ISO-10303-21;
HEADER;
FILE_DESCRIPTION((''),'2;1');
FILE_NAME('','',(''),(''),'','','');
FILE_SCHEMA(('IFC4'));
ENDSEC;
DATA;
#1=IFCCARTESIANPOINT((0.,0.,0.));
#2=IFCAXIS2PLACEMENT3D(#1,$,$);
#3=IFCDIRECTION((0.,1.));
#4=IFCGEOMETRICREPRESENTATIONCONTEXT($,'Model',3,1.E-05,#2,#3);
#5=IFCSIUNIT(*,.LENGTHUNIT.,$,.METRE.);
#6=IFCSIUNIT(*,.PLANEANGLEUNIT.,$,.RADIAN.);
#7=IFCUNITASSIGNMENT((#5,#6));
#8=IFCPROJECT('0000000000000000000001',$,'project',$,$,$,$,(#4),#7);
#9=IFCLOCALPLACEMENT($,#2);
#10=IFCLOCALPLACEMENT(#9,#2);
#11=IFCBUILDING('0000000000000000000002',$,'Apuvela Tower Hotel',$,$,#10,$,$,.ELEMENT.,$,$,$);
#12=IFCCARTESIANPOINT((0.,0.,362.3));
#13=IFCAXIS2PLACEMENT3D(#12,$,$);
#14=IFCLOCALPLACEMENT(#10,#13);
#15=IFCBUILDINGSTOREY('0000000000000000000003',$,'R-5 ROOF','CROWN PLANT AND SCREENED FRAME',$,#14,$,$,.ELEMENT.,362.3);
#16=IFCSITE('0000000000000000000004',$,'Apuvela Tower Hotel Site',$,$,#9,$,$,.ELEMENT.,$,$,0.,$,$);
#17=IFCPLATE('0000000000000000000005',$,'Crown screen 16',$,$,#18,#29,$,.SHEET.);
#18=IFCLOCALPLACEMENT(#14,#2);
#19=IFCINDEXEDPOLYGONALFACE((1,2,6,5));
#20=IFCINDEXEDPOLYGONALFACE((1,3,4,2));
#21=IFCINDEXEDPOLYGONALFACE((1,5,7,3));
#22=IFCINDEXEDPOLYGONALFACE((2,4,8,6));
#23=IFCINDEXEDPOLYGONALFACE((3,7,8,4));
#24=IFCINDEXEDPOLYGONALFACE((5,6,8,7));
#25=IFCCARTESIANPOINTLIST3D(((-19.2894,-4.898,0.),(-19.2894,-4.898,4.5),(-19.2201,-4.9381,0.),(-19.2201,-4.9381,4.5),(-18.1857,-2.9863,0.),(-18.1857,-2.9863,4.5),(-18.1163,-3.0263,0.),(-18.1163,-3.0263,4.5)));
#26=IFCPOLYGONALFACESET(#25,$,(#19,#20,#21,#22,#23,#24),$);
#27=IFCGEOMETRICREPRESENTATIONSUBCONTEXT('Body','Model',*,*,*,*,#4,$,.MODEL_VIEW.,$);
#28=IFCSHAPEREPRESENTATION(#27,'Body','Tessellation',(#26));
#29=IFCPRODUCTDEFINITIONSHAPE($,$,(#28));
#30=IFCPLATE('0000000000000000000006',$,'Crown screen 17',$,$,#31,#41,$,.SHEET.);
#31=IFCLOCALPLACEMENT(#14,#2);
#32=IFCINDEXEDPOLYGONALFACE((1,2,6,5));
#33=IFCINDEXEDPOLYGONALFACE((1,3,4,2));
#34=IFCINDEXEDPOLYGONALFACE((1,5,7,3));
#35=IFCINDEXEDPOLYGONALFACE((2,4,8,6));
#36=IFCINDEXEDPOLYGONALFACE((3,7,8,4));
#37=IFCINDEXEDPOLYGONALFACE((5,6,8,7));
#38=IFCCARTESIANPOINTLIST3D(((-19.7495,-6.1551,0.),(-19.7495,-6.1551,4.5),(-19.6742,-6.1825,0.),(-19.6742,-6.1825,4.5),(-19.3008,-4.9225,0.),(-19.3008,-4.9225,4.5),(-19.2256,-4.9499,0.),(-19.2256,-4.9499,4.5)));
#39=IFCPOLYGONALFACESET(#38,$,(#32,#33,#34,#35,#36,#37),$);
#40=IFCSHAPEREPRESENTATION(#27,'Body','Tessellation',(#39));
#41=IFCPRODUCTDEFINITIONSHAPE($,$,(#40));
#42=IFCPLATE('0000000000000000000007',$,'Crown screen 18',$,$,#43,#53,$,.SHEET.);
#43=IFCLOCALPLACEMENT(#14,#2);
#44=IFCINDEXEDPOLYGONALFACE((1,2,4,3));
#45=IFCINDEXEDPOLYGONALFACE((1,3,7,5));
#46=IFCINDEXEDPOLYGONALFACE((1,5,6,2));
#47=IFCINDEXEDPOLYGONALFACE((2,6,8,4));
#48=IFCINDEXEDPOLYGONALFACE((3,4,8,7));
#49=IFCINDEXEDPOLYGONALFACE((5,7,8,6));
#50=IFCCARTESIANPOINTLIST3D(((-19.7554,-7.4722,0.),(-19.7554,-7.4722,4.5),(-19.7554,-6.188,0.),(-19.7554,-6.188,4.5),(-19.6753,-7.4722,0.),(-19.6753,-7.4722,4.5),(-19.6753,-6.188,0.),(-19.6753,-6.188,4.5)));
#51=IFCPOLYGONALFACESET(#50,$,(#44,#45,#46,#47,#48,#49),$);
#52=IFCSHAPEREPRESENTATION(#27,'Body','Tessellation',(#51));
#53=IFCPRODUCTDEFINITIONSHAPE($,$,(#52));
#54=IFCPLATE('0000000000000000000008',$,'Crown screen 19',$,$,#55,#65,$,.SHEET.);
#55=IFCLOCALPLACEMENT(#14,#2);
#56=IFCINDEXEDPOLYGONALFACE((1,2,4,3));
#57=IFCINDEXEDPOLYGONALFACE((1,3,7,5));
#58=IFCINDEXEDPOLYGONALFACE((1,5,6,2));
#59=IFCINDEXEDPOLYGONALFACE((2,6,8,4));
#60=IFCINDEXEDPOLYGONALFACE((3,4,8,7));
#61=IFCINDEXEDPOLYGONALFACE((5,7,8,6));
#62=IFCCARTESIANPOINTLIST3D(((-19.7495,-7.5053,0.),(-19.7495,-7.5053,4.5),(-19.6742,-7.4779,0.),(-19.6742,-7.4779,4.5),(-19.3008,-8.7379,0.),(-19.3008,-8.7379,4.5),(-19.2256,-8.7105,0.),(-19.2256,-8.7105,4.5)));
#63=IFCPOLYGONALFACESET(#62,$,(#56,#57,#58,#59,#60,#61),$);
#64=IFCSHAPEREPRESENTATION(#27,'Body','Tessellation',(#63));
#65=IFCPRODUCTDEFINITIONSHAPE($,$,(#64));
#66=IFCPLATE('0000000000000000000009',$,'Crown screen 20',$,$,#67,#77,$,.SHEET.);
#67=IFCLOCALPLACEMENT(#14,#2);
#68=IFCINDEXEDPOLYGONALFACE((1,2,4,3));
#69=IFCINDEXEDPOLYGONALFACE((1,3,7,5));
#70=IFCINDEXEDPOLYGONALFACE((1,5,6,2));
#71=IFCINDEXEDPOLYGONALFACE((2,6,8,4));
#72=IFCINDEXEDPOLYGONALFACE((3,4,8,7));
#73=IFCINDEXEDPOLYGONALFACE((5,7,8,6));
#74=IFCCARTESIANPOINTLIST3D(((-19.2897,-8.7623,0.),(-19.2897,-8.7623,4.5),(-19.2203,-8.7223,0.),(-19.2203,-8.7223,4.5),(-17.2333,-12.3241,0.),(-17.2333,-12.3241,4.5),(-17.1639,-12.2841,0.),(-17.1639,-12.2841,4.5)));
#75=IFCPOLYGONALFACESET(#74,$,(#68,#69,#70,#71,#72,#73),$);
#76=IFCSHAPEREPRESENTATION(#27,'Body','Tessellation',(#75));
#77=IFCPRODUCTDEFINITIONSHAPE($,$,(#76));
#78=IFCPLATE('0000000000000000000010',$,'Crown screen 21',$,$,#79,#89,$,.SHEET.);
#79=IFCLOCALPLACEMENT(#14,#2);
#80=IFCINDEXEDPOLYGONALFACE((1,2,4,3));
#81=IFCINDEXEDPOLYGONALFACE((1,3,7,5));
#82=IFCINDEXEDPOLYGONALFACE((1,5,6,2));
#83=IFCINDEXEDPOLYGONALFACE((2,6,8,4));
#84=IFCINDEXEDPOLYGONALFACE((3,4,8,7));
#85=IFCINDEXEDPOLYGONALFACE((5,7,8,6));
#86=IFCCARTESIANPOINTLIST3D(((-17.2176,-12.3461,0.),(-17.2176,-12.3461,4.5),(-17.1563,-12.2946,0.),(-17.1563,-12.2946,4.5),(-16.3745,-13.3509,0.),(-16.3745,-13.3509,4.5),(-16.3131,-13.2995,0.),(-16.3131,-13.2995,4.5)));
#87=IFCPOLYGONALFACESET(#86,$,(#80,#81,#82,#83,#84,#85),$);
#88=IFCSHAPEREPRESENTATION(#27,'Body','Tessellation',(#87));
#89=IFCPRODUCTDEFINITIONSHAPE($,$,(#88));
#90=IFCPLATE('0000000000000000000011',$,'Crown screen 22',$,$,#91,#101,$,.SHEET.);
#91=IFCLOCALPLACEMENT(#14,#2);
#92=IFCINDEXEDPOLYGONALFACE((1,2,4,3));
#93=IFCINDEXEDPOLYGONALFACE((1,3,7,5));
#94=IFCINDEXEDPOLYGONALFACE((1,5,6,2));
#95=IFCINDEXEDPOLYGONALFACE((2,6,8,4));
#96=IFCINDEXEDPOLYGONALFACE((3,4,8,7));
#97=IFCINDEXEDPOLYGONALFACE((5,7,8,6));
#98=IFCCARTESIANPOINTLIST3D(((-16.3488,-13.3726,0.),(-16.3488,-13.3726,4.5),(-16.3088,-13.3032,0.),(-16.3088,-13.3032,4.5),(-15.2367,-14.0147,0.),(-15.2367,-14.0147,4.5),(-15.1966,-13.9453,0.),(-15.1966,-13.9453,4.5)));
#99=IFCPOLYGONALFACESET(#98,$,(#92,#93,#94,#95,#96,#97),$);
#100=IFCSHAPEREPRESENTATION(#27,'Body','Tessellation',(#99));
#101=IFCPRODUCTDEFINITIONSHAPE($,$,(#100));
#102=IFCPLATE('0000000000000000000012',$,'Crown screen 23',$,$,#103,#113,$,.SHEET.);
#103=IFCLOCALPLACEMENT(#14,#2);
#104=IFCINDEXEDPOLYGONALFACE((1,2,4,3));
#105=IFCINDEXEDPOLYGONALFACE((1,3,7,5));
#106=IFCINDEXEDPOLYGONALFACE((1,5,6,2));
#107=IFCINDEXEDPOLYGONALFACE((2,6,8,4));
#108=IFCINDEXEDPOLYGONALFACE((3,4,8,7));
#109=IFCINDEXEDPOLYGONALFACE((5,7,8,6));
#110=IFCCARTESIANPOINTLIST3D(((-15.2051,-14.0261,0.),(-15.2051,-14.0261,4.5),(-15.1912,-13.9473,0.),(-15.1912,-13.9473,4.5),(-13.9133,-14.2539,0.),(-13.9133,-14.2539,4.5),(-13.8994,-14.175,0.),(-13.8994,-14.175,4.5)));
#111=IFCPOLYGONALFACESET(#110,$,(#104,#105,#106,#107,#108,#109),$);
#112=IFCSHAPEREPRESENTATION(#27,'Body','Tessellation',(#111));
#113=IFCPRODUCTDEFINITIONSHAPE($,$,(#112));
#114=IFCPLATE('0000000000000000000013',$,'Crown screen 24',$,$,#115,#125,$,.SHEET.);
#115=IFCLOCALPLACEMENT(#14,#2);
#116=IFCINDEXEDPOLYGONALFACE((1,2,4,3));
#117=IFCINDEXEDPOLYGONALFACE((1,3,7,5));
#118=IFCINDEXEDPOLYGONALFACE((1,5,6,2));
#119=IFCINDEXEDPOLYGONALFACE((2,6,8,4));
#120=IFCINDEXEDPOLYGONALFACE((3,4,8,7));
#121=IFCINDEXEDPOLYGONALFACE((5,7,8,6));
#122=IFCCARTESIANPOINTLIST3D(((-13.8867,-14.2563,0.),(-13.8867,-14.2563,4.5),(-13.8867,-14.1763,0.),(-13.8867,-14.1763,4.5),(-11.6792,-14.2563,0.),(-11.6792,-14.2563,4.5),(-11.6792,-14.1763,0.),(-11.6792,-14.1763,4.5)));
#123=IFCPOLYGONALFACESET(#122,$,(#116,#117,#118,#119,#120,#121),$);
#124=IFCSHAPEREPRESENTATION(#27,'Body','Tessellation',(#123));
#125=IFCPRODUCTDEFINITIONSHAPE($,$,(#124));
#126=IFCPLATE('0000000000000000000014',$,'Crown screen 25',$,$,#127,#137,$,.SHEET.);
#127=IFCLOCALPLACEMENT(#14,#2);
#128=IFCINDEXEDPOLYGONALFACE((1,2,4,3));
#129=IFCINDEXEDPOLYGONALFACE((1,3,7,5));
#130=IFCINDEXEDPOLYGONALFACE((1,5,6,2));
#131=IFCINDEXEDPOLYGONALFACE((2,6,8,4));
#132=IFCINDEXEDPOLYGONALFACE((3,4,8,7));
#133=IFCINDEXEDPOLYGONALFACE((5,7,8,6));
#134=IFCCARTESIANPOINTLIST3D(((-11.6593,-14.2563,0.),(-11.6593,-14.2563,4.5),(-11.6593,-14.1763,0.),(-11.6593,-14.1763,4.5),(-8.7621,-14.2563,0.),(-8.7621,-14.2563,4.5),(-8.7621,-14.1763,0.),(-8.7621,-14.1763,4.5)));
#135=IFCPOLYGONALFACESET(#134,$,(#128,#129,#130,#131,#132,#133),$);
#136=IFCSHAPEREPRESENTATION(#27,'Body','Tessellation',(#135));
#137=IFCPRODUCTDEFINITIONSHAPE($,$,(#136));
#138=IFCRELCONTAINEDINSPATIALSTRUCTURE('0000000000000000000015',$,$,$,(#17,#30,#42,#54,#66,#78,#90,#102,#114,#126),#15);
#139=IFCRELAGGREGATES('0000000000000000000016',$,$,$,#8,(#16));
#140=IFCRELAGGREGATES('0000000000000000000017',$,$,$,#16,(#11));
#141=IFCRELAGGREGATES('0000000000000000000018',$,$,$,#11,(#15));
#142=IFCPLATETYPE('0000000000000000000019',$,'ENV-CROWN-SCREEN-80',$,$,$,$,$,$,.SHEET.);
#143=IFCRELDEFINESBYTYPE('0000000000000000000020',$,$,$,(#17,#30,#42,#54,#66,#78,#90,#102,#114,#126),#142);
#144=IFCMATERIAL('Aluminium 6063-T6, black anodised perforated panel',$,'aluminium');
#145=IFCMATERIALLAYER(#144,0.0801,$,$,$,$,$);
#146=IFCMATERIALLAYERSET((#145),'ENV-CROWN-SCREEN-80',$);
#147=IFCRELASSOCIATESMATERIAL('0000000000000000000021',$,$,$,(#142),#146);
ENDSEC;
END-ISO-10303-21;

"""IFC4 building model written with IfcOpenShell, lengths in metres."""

from ifc_helpers import new_model, si_unit, direction, frame, origin, origin_2d, place, context, subcontext, project, spatial, rectangle, extrude, material, layer, layer_set, type_object, element, save


model = new_model("IFC4")

# Units and contexts
model_context = context("Model", 3, precision=1e-05, world=origin(), true_north=direction((0.0, 1.0)))
body_context = subcontext(model_context, "Body", "Model", "MODEL_VIEW")
ifc_project = project(units=[si_unit("LENGTHUNIT", "METRE"), si_unit("PLANEANGLEUNIT", "RADIAN")], contexts=[model_context])

# Site, building, storey
site_placement = place(None, origin())
site = spatial("IfcSite", under=ifc_project, at=site_placement, Name="Apuvela Tower Hotel Site", CompositionType="ELEMENT", RefElevation=0.0)
building_placement = place(site_placement, origin())
building = spatial("IfcBuilding", under=site, at=building_placement, Name="Apuvela Tower Hotel", CompositionType="ELEMENT")
storey_placement = place(building_placement, frame((0.0, 0.0, 362.3)))
storey = spatial("IfcBuildingStorey", under=building, at=storey_placement, Name="R-5 ROOF", Description="CROWN PLANT AND SCREENED FRAME", CompositionType="ELEMENT", Elevation=362.3)

# Plates
ifc_material_1 = material(Name="Aluminium 6063-T6, black anodised perforated panel", Category="aluminium")
ifc_layer = layer(ifc_material_1, 0.0801)
ifc_layer_set = layer_set([ifc_layer], Name="ENV-CROWN-SCREEN-80")
plate_type = type_object("IfcPlateType", Name="ENV-CROWN-SCREEN-80", PredefinedType="SHEET", material=ifc_layer_set)
plate_1_placement = place(storey_placement, frame((-18.7029, -3.9622, 0.0), z_axis=(0.0, 0.0, 1.0), x_axis=(-0.5, -0.866025, 0.0)))
element("IfcPlate", 1, at=plate_1_placement, inside=storey, type_object=plate_type, Name="Crown screen 16", PredefinedType="SHEET", context=body_context, shape_type="SweptSolid", body=[
    extrude(rectangle(XDim=2.2075, YDim=0.0801, at=origin_2d()), origin(), (0.0, 0.0, 1.0), 4.5),
])
plate_2_placement = place(storey_placement, frame((-19.4875, -5.5525, 0.0), z_axis=(0.0, 0.0, 1.0), x_axis=(-0.34202, -0.939693, 0.0)))
element("IfcPlate", 2, at=plate_2_placement, inside=storey, type_object=plate_type, Name="Crown screen 17", PredefinedType="SHEET", context=body_context, shape_type="SweptSolid", body=[
    extrude(rectangle(XDim=1.3118, YDim=0.0801, at=origin_2d()), origin(), (0.0, 0.0, 1.0), 4.5),
])
plate_3_placement = place(storey_placement, frame((-19.7153, -6.8301, 0.0), z_axis=(0.0, 0.0, 1.0), x_axis=(0.0, -1.0, 0.0)))
element("IfcPlate", 3, at=plate_3_placement, inside=storey, type_object=plate_type, Name="Crown screen 18", PredefinedType="SHEET", context=body_context, shape_type="SweptSolid", body=[
    extrude(rectangle(XDim=1.2842, YDim=0.0801, at=origin_2d()), origin(), (0.0, 0.0, 1.0), 4.5),
])
plate_4_placement = place(storey_placement, frame((-19.4875, -8.1079, 0.0), z_axis=(0.0, 0.0, 1.0), x_axis=(0.34202, -0.939693, 0.0)))
element("IfcPlate", 4, at=plate_4_placement, inside=storey, type_object=plate_type, Name="Crown screen 19", PredefinedType="SHEET", context=body_context, shape_type="SweptSolid", body=[
    extrude(rectangle(XDim=1.3118, YDim=0.0801, at=origin_2d()), origin(), (0.0, 0.0, 1.0), 4.5),
])
plate_5_placement = place(storey_placement, frame((-18.2268, -10.5232, 0.0), z_axis=(0.0, 0.0, 1.0), x_axis=(0.5, -0.866025, 0.0)))
element("IfcPlate", 5, at=plate_5_placement, inside=storey, type_object=plate_type, Name="Crown screen 20", PredefinedType="SHEET", context=body_context, shape_type="SweptSolid", body=[
    extrude(rectangle(XDim=4.1128, YDim=0.0801, at=origin_2d()), origin(), (0.0, 0.0, 1.0), 4.5),
])
plate_6_placement = place(storey_placement, frame((-16.7654, -12.8228, 0.0), z_axis=(0.0, 0.0, 1.0), x_axis=(0.642788, -0.766044, 0.0)))
element("IfcPlate", 6, at=plate_6_placement, inside=storey, type_object=plate_type, Name="Crown screen 21", PredefinedType="SHEET", context=body_context, shape_type="SweptSolid", body=[
    extrude(rectangle(XDim=1.3118, YDim=0.0801, at=origin_2d()), origin(), (0.0, 0.0, 1.0), 4.5),
])
plate_7_placement = place(storey_placement, frame((-15.7727, -13.6589, 0.0), z_axis=(0.0, 0.0, 1.0), x_axis=(0.866025, -0.5, 0.0)))
element("IfcPlate", 7, at=plate_7_placement, inside=storey, type_object=plate_type, Name="Crown screen 22", PredefinedType="SHEET", context=body_context, shape_type="SweptSolid", body=[
    extrude(rectangle(XDim=1.2842, YDim=0.0801, at=origin_2d()), origin(), (0.0, 0.0, 1.0), 4.5),
])
plate_8_placement = place(storey_placement, frame((-14.5522, -14.1006, 0.0), z_axis=(0.0, 0.0, 1.0), x_axis=(0.984808, -0.173648, 0.0)))
element("IfcPlate", 8, at=plate_8_placement, inside=storey, type_object=plate_type, Name="Crown screen 23", PredefinedType="SHEET", context=body_context, shape_type="SweptSolid", body=[
    extrude(rectangle(XDim=1.3118, YDim=0.0801, at=origin_2d()), origin(), (0.0, 0.0, 1.0), 4.5),
])
plate_9_placement = place(storey_placement, frame((-12.783, -14.2163, 0.0), z_axis=(0.0, 0.0, 1.0), x_axis=(1.0, 0.0, 0.0)))
element("IfcPlate", 9, at=plate_9_placement, inside=storey, type_object=plate_type, Name="Crown screen 24", PredefinedType="SHEET", context=body_context, shape_type="SweptSolid", body=[
    extrude(rectangle(XDim=2.2075, YDim=0.0801, at=origin_2d()), origin(), (0.0, 0.0, 1.0), 4.5),
])
plate_10_placement = place(storey_placement, frame((-10.2107, -14.2163, 0.0), z_axis=(0.0, 0.0, 1.0), x_axis=(1.0, 0.0, 0.0)))
element("IfcPlate", 10, at=plate_10_placement, inside=storey, type_object=plate_type, Name="Crown screen 25", PredefinedType="SHEET", context=body_context, shape_type="SweptSolid", body=[
    extrude(rectangle(XDim=2.8972, YDim=0.0801, at=origin_2d()), origin(), (0.0, 0.0, 1.0), 4.5),
])

save(model, "model.ifc")
